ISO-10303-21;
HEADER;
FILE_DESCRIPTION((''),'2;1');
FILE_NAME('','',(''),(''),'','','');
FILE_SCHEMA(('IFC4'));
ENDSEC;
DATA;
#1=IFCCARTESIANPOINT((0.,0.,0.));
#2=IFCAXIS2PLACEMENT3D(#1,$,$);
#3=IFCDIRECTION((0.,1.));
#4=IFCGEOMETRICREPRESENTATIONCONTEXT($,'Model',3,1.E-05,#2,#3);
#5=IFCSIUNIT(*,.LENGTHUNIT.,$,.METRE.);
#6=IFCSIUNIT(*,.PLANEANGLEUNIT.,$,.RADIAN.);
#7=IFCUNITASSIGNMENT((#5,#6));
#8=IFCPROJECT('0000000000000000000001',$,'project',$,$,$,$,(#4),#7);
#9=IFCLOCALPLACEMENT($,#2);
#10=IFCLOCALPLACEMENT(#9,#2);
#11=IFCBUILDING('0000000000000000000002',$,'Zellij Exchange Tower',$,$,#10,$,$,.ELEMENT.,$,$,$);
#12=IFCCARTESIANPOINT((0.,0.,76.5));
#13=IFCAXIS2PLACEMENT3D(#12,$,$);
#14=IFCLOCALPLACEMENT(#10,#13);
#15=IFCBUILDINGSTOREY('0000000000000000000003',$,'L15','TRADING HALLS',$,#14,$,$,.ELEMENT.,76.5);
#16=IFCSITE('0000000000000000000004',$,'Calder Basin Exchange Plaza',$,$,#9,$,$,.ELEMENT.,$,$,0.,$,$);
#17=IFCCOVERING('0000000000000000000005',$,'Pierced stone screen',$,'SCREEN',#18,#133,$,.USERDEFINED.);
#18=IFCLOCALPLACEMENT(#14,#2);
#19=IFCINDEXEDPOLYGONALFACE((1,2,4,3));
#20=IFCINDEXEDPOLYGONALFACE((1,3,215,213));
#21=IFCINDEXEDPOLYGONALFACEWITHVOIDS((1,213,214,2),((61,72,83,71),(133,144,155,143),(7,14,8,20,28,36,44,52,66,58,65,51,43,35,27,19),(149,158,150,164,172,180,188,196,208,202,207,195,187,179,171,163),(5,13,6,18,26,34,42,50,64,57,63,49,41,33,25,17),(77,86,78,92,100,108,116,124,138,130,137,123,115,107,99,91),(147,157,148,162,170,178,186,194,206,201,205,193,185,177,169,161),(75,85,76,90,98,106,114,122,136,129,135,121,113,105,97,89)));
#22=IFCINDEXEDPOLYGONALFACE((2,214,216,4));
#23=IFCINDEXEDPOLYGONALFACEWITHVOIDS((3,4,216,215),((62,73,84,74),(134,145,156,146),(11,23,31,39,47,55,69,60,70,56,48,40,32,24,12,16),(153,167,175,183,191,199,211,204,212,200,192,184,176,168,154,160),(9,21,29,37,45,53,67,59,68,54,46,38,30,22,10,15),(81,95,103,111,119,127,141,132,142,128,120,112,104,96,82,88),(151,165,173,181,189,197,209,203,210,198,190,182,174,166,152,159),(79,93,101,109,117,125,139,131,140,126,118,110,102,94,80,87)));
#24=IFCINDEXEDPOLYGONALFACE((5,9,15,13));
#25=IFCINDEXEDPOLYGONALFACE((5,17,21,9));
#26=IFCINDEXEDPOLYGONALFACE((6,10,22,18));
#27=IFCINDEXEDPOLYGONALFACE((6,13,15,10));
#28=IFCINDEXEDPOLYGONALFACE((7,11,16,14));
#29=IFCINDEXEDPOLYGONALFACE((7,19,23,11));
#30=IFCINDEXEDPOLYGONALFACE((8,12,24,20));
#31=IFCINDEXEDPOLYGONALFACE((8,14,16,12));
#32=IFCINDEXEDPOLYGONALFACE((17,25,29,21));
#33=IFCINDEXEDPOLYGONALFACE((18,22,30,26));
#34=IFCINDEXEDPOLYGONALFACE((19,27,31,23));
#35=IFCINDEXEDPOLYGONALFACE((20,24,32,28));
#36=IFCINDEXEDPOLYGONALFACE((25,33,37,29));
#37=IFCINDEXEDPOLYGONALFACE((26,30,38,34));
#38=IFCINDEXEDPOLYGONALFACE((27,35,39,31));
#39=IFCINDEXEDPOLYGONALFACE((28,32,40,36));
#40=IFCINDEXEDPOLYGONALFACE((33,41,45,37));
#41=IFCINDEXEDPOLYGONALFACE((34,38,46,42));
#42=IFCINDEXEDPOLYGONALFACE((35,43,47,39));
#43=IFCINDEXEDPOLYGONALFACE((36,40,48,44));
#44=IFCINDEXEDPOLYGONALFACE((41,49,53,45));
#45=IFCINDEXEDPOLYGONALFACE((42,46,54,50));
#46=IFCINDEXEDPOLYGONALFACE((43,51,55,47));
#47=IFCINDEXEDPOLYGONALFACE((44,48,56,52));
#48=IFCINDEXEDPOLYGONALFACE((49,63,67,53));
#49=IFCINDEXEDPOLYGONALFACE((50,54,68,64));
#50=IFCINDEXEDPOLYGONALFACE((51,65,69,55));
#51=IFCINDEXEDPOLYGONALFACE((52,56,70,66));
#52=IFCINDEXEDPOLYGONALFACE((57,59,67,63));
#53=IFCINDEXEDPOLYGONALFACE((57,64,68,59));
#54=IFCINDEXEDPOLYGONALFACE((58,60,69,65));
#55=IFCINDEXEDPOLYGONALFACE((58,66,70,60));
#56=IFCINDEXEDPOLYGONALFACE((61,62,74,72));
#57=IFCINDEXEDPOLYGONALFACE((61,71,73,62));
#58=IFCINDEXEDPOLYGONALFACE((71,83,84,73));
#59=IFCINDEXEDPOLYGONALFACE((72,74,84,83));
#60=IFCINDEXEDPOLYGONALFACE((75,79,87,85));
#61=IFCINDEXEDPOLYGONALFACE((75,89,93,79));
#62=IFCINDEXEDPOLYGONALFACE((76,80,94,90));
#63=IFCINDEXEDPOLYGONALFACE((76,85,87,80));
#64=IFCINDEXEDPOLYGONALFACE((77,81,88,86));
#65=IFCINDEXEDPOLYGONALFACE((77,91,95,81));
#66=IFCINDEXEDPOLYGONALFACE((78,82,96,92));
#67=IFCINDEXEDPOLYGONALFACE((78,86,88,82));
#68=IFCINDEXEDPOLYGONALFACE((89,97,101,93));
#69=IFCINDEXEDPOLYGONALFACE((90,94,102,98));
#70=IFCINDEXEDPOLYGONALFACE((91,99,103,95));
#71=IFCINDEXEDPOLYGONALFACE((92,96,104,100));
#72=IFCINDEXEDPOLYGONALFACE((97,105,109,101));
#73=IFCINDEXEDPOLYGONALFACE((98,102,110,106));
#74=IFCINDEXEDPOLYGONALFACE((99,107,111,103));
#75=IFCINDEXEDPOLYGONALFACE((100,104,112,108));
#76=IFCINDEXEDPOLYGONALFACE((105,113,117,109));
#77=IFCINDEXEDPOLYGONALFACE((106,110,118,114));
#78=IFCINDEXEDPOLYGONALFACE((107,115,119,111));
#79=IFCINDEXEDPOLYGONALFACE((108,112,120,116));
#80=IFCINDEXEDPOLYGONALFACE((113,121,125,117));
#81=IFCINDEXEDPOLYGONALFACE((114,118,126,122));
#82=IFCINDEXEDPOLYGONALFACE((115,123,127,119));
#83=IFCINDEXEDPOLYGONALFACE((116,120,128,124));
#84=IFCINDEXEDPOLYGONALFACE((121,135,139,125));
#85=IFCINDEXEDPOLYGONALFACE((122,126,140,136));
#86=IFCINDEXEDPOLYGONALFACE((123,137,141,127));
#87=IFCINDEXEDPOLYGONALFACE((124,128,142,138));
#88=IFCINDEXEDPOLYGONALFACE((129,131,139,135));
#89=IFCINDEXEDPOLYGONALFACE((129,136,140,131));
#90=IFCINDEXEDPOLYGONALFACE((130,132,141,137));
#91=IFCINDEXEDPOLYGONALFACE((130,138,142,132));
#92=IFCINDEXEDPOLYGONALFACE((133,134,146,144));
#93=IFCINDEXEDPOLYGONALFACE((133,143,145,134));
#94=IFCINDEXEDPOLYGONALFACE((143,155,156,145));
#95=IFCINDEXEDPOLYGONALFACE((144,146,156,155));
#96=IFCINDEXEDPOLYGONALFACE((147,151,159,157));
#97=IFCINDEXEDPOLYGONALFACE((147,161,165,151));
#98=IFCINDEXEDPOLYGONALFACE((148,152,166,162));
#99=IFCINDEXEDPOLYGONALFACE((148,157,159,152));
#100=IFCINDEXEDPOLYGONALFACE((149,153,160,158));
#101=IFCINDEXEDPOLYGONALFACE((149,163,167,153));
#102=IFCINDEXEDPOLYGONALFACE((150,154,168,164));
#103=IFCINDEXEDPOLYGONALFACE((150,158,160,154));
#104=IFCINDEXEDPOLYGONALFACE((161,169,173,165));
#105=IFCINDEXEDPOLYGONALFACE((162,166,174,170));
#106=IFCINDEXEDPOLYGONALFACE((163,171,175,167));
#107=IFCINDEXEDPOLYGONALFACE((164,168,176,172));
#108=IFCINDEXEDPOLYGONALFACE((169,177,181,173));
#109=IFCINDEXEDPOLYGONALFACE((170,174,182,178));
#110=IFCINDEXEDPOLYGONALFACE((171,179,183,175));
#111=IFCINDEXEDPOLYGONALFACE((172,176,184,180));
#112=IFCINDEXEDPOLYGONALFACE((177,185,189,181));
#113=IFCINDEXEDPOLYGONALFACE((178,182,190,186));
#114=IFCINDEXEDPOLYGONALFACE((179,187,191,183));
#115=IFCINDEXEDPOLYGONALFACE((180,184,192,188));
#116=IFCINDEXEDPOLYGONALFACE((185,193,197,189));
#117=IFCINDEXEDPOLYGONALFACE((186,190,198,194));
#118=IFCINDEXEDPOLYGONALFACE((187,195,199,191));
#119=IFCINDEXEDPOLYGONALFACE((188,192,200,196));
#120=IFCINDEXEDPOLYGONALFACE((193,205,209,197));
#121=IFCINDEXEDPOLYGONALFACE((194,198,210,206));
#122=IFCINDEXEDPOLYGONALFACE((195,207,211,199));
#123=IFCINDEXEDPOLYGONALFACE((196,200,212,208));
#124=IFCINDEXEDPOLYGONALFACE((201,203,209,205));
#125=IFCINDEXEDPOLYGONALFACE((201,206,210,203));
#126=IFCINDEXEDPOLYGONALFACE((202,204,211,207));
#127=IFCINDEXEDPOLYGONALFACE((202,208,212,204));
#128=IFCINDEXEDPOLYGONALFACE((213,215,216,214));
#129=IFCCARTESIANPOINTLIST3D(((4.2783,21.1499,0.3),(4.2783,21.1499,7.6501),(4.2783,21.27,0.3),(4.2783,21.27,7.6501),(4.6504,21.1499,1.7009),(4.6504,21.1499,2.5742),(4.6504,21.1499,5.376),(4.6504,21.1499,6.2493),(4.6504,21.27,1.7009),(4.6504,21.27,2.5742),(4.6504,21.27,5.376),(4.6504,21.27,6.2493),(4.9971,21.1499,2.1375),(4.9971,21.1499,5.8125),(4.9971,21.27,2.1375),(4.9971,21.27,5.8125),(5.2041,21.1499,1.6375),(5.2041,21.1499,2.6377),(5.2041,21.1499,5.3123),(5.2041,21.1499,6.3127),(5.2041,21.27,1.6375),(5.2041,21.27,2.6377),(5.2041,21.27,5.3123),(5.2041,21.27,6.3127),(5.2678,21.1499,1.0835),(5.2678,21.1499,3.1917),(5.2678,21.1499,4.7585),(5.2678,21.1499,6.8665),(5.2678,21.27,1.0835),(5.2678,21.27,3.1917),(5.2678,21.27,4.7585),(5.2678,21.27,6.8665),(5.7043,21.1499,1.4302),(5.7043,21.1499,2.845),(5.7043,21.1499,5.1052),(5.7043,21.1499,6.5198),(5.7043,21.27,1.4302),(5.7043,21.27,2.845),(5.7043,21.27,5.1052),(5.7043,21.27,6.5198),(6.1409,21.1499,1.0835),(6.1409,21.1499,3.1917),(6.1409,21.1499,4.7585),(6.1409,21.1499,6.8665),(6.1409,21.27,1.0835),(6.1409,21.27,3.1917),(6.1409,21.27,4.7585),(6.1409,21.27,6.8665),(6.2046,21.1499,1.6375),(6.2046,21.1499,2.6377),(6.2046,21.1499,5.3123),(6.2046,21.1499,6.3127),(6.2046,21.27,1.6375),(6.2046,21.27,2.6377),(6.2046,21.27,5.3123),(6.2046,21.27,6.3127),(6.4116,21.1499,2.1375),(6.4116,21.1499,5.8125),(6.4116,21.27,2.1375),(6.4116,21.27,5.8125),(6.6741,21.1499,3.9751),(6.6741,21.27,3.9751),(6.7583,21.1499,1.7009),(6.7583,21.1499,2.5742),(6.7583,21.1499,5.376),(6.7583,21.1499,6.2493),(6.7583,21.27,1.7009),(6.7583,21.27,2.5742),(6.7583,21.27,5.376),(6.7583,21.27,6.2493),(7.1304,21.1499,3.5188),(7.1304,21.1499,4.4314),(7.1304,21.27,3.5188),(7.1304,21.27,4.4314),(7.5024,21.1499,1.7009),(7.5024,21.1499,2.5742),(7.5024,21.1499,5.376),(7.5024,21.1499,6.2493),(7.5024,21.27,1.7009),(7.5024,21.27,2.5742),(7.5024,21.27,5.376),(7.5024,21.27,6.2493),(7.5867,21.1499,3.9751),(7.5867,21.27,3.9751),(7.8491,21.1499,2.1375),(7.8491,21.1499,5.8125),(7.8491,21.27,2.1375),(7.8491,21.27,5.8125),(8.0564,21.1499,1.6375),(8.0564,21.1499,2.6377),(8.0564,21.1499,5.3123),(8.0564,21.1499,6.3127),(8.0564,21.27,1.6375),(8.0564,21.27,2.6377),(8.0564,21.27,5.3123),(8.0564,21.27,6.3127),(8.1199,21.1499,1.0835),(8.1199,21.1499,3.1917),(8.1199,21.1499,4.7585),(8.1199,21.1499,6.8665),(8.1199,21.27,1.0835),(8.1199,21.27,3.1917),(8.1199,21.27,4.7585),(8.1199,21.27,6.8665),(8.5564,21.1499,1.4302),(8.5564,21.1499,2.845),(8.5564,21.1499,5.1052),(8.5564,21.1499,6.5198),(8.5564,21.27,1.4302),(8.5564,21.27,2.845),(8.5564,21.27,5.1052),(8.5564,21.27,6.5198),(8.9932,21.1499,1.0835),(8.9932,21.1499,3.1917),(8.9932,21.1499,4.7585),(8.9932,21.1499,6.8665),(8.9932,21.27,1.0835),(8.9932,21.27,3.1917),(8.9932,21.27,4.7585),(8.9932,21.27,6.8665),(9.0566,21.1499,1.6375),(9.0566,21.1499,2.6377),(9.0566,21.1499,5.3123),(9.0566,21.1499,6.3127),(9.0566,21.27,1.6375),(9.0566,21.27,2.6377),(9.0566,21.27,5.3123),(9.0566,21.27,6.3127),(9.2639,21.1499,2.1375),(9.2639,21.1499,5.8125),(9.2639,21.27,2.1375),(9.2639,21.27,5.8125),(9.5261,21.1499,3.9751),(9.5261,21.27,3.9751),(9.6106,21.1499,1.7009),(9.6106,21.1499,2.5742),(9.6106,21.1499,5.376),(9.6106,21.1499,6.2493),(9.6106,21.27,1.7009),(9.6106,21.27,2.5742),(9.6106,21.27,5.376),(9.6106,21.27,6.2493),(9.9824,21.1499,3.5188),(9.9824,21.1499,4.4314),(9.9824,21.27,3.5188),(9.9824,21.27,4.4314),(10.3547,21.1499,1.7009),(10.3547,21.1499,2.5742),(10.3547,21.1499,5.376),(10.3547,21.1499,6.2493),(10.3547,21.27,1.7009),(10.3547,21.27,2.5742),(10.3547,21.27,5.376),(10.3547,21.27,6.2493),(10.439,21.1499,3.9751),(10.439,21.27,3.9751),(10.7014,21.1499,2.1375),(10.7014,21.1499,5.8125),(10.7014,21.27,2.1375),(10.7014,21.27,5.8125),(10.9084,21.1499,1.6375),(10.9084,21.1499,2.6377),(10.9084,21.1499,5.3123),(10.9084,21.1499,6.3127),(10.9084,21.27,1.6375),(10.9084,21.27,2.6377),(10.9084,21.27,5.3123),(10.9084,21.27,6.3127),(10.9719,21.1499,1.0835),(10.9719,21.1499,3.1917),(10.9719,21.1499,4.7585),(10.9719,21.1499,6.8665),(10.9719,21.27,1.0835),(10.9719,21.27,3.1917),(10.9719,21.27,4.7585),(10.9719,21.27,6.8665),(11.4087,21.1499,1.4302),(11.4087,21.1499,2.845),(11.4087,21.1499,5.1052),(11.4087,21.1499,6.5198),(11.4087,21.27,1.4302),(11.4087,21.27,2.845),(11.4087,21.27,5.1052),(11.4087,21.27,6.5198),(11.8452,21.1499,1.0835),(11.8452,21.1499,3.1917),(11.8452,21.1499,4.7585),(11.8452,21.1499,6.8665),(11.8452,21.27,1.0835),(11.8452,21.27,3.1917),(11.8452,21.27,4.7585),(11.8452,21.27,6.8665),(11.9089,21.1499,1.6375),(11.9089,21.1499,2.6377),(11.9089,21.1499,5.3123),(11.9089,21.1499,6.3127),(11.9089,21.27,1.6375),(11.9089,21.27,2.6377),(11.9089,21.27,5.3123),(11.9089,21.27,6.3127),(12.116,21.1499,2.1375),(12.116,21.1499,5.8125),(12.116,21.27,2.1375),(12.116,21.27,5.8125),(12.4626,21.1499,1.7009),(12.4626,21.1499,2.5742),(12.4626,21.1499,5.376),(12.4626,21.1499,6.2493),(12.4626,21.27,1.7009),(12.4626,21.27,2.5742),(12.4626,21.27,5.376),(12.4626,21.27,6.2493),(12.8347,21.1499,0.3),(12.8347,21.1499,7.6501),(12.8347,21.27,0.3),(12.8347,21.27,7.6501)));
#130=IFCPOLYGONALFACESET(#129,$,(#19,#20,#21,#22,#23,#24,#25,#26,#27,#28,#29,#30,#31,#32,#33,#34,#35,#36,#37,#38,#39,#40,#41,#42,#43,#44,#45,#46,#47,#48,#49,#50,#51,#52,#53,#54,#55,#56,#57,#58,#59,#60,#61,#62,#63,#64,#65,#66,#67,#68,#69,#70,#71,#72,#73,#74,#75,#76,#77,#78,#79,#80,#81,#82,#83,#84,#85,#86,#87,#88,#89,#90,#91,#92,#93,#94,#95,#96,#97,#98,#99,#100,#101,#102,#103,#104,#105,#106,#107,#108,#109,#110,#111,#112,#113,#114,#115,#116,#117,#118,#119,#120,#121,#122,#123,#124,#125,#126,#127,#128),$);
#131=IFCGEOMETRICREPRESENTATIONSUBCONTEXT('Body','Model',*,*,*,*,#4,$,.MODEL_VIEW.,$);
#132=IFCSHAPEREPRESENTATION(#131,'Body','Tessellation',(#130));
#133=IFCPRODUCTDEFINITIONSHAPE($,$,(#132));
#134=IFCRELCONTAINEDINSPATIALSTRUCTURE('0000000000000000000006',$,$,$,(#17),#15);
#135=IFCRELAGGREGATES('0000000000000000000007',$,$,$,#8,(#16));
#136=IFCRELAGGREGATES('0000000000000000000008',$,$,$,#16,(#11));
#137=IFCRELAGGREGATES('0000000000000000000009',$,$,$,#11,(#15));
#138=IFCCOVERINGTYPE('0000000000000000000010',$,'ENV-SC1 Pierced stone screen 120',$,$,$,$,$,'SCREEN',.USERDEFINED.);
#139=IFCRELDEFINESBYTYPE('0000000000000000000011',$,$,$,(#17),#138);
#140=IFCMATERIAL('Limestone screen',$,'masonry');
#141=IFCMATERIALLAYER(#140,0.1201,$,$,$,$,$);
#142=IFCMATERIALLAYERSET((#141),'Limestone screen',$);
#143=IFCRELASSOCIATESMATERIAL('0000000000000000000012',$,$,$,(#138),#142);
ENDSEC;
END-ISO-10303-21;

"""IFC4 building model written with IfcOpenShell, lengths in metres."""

from ifc_helpers import new_model, si_unit, direction, frame, origin, place, context, subcontext, project, spatial, polyline, outline, extrude, material, layer, layer_set, type_object, element, save


model = new_model("IFC4")

# Units and contexts
model_context = context("Model", 3, precision=1e-05, world=origin(), true_north=direction((0.0, 1.0)))
body_context = subcontext(model_context, "Body", "Model", "MODEL_VIEW")
ifc_project = project(units=[si_unit("LENGTHUNIT", "METRE"), si_unit("PLANEANGLEUNIT", "RADIAN")], contexts=[model_context])

# Site, building, storey
site_placement = place(None, origin())
site = spatial("IfcSite", under=ifc_project, at=site_placement, Name="Calder Basin Exchange Plaza", CompositionType="ELEMENT", RefElevation=0.0)
building_placement = place(site_placement, origin())
building = spatial("IfcBuilding", under=site, at=building_placement, Name="Zellij Exchange Tower", CompositionType="ELEMENT")
storey_placement = place(building_placement, frame((0.0, 0.0, 76.5)))
storey = spatial("IfcBuildingStorey", under=building, at=storey_placement, Name="L15", Description="TRADING HALLS", CompositionType="ELEMENT", Elevation=76.5)

# Covering
ifc_material_1 = material(Name="Limestone screen", Category="masonry")
ifc_layer_1 = layer(ifc_material_1, 0.1201)
ifc_layer_set_1 = layer_set([ifc_layer_1], Name="Limestone screen")
covering_type_1 = type_object("IfcCoveringType", Name="ENV-SC1 Pierced stone screen 120", ElementType="SCREEN", PredefinedType="USERDEFINED", material=ifc_layer_set_1)
covering_1_placement = place(storey_placement, frame((12.8347, 21.21, 0.3), z_axis=(0.0, 0.0, 1.0), x_axis=(-1.0, 0.0, 0.0)))
element("IfcCovering", 1, at=covering_1_placement, inside=storey, type_object=covering_type_1, Name="Pierced stone screen", ObjectType="SCREEN", PredefinedType="USERDEFINED", context=body_context, shape_type="SweptSolid", body=[
    extrude(outline(polyline([(0.0, 0.0), (8.5564, 0.0), (8.5564, 7.3501), (0.0, 7.3501), (0.0, 0.0)]), holes=[polyline([(2.48, 2.2742), (1.9263, 2.3376), (1.8628, 2.8916), (1.426, 2.5449), (0.9895, 2.8916), (0.9258, 2.3376), (0.3721, 2.2742), (0.7188, 1.8374), (0.3721, 1.4009), (0.9258, 1.3374), (0.9895, 0.7834), (1.426, 1.1301), (1.8628, 0.7834), (1.9263, 1.3374), (2.48, 1.4009), (2.1333, 1.8374), (2.48, 2.2742)]), polyline([(2.48, 5.9492), (1.9263, 6.0127), (1.8628, 6.5664), (1.426, 6.2197), (0.9895, 6.5664), (0.9258, 6.0127), (0.3721, 5.9492), (0.7188, 5.5125), (0.3721, 5.0759), (0.9258, 5.0122), (0.9895, 4.4585), (1.426, 4.8052), (1.8628, 4.4585), (1.9263, 5.0122), (2.48, 5.0759), (2.1333, 5.5125), (2.48, 5.9492)]), polyline([(5.3323, 2.2742), (4.7783, 2.3376), (4.7148, 2.8916), (4.2783, 2.5449), (3.8416, 2.8916), (3.7781, 2.3376), (3.2241, 2.2742), (3.5708, 1.8374), (3.2241, 1.4009), (3.7781, 1.3374), (3.8416, 0.7834), (4.2783, 1.1301), (4.7148, 0.7834), (4.7783, 1.3374), (5.3323, 1.4009), (4.9856, 1.8374), (5.3323, 2.2742)]), polyline([(5.3323, 5.9492), (4.7783, 6.0127), (4.7148, 6.5664), (4.2783, 6.2197), (3.8416, 6.5664), (3.7781, 6.0127), (3.2241, 5.9492), (3.5708, 5.5125), (3.2241, 5.0759), (3.7781, 5.0122), (3.8416, 4.4585), (4.2783, 4.8052), (4.7148, 4.4585), (4.7783, 5.0122), (5.3323, 5.0759), (4.9856, 5.5125), (5.3323, 5.9492)]), polyline([(8.1843, 2.2742), (7.6306, 2.3376), (7.5669, 2.8916), (7.1304, 2.5449), (6.6938, 2.8916), (6.6301, 2.3376), (6.0764, 2.2742), (6.4231, 1.8374), (6.0764, 1.4009), (6.6301, 1.3374), (6.6938, 0.7834), (7.1304, 1.1301), (7.5669, 0.7834), (7.6306, 1.3374), (8.1843, 1.4009), (7.8376, 1.8374), (8.1843, 2.2742)]), polyline([(8.1843, 5.9492), (7.6306, 6.0127), (7.5669, 6.5664), (7.1304, 6.2197), (6.6938, 6.5664), (6.6301, 6.0127), (6.0764, 5.9492), (6.4231, 5.5125), (6.0764, 5.0759), (6.6301, 5.0122), (6.6938, 4.4585), (7.1304, 4.8052), (7.5669, 4.4585), (7.6306, 5.0122), (8.1843, 5.0759), (7.8376, 5.5125), (8.1843, 5.9492)]), polyline([(3.3086, 3.675), (2.8523, 4.1313), (2.3958, 3.675), (2.8523, 3.2188), (3.3086, 3.675)]), polyline([(6.1606, 3.675), (5.7043, 4.1313), (5.248, 3.675), (5.7043, 3.2188), (6.1606, 3.675)])]), frame((0.0, 0.0601, 0.0), z_axis=(0.0, -1.0, 0.0), x_axis=(1.0, 0.0, 0.0)), (0.0, 0.0, 1.0), 0.1201),
])

save(model, "model.ifc")
